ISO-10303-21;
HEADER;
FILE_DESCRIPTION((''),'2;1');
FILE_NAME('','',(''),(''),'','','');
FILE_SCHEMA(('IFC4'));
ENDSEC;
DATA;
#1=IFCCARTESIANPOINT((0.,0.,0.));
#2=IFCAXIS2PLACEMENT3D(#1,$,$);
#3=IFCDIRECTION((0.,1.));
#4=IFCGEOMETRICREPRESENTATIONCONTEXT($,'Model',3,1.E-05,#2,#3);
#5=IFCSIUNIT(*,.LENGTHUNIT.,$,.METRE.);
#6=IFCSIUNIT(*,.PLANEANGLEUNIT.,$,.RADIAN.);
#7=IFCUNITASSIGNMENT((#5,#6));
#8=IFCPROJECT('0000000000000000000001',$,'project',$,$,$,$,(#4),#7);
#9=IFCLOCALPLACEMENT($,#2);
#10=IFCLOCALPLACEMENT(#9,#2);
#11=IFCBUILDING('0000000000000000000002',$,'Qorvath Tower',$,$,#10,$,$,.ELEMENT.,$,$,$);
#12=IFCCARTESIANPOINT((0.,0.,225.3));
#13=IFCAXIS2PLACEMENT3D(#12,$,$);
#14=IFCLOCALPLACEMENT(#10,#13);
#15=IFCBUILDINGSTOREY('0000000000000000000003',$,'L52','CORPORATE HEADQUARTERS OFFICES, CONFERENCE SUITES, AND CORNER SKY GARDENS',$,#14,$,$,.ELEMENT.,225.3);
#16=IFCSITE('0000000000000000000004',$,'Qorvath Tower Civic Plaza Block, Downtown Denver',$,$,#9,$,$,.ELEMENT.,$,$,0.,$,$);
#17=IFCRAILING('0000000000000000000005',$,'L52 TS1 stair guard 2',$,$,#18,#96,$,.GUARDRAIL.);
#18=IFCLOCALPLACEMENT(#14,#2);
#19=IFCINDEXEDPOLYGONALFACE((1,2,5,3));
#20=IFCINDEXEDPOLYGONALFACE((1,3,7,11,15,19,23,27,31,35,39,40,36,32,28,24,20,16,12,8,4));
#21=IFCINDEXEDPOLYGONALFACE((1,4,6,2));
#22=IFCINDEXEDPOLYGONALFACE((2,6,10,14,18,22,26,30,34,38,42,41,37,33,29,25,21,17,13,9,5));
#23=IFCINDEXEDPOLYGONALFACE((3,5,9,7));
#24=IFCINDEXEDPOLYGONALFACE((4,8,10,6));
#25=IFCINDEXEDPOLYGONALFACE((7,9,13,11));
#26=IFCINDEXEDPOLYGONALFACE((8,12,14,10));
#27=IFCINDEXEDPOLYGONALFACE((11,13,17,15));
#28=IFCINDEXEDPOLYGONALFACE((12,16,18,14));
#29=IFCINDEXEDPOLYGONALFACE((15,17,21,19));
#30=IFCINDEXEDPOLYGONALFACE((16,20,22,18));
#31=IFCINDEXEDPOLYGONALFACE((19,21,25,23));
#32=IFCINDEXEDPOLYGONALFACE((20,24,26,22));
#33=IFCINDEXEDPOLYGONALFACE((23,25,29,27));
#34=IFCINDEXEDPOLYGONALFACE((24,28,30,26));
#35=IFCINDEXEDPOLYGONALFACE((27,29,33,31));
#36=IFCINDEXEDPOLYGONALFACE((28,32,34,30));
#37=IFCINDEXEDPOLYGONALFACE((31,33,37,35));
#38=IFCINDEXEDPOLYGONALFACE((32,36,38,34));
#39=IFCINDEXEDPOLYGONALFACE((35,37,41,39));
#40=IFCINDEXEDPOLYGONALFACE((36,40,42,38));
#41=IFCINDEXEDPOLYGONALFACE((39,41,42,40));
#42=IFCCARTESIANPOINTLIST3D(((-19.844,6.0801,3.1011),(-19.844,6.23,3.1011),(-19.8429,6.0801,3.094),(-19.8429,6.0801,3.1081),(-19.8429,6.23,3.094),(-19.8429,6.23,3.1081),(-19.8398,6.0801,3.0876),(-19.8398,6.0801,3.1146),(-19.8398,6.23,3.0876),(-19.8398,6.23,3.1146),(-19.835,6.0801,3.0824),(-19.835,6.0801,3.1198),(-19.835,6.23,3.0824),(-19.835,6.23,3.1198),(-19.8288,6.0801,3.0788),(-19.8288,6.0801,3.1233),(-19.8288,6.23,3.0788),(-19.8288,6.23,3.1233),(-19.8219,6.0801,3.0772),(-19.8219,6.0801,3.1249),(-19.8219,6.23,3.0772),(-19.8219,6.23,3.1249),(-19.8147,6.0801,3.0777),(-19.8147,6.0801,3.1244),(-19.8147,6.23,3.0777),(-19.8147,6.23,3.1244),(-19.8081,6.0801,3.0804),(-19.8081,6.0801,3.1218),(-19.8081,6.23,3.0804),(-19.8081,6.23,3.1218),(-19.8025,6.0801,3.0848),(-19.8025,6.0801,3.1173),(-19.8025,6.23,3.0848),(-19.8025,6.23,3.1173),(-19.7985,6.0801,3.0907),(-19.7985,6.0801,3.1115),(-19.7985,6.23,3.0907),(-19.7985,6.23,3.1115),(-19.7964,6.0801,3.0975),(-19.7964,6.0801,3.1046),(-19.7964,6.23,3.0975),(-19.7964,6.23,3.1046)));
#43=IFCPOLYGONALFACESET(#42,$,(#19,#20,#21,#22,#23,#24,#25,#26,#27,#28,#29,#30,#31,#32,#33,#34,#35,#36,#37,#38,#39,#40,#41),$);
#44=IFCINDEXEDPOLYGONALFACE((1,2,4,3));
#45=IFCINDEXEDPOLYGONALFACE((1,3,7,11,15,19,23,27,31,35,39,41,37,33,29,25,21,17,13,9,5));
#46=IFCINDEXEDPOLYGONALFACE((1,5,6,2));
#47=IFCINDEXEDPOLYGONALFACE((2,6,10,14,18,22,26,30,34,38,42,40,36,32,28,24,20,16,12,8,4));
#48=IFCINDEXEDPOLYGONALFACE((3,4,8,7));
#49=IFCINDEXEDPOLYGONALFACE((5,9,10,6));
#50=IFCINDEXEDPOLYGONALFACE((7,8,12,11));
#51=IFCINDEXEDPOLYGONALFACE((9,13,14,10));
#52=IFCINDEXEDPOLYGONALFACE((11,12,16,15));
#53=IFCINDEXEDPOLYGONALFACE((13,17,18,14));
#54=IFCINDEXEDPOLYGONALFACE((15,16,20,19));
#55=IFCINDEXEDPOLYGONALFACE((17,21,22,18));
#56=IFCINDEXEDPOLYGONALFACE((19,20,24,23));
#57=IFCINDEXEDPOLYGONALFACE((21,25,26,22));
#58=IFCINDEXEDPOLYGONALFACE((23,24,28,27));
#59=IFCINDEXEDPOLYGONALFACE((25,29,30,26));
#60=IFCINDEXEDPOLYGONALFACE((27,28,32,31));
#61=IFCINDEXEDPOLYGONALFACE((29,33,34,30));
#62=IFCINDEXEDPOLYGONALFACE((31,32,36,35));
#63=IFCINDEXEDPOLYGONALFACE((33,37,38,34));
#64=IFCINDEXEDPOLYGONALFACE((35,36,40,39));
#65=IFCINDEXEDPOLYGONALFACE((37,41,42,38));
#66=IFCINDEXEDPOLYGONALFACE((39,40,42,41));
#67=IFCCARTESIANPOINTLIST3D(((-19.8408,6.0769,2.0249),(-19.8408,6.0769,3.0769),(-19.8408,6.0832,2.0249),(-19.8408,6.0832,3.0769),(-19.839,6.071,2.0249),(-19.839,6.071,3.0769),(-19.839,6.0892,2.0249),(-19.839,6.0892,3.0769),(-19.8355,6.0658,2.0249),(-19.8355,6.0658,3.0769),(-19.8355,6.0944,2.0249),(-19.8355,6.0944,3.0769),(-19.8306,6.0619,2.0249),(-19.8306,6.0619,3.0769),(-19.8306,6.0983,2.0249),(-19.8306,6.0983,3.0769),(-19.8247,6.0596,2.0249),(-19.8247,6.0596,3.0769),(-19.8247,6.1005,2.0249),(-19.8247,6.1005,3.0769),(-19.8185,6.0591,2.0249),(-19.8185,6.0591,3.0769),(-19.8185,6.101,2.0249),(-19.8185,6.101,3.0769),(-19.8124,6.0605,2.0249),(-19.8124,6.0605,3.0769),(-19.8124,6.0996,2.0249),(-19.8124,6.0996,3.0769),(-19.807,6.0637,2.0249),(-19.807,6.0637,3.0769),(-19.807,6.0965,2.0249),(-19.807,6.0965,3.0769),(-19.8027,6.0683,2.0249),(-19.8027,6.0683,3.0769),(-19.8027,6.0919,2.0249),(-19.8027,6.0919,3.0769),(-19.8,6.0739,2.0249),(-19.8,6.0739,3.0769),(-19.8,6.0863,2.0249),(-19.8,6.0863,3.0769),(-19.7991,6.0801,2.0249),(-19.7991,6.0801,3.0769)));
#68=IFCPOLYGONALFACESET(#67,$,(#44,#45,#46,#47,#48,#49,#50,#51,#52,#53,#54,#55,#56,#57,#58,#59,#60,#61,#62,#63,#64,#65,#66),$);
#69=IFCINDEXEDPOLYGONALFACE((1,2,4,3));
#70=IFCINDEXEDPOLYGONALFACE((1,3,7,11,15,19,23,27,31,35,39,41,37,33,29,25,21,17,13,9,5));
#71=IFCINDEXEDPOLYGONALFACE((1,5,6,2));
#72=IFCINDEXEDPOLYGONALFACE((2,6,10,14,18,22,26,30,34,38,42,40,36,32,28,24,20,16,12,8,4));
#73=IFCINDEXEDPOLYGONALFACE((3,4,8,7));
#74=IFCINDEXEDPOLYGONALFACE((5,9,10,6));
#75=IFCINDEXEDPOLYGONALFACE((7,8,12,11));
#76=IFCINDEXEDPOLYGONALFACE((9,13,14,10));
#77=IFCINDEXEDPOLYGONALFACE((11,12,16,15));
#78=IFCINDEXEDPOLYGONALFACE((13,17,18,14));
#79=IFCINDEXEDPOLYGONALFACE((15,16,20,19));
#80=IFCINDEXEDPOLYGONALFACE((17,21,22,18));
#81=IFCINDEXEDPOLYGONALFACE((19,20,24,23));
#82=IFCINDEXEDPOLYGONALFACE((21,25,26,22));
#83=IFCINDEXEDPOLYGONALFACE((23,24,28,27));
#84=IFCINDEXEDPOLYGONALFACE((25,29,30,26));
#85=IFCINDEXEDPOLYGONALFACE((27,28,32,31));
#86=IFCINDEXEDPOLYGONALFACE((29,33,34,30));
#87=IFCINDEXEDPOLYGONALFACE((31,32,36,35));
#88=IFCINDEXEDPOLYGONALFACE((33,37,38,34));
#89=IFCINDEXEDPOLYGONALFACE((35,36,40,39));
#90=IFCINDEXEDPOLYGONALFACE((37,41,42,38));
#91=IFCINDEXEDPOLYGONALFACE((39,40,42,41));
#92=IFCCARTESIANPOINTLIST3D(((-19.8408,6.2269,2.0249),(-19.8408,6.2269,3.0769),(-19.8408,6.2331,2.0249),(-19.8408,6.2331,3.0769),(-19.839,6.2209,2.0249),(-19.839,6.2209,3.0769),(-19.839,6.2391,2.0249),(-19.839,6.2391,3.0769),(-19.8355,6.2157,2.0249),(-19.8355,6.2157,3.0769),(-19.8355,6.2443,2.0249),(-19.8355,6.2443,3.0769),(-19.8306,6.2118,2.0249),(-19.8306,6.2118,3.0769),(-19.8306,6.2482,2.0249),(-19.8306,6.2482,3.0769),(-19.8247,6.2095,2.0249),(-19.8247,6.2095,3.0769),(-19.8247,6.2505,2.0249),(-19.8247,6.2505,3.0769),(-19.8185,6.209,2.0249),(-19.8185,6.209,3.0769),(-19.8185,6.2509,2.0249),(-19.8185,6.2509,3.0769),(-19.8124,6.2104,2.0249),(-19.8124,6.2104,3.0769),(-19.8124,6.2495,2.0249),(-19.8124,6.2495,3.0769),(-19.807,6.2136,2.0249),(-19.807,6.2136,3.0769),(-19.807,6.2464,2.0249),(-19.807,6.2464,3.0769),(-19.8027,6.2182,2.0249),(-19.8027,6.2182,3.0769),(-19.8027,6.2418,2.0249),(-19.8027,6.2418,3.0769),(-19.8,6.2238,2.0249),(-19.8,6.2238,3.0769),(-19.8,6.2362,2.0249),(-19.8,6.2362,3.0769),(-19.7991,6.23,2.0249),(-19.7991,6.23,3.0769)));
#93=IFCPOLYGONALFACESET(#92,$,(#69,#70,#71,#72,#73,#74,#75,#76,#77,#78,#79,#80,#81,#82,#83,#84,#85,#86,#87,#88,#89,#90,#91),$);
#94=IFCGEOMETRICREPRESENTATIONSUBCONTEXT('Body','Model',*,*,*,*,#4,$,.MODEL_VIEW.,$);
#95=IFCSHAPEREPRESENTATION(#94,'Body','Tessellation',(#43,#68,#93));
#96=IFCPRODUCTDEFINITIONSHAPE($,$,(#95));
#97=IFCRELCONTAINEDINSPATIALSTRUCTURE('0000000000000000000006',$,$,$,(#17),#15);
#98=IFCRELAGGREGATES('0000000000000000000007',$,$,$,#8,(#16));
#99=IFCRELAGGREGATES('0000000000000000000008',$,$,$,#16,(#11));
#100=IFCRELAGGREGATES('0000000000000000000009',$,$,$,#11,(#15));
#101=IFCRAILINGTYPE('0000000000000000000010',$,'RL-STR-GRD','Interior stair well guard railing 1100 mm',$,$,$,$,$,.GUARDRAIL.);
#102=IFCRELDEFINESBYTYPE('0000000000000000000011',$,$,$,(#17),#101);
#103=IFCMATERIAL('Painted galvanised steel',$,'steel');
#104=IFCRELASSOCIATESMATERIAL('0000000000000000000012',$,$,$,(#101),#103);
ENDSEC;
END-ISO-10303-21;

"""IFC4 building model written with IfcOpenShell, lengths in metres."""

from ifc_helpers import new_model, si_unit, direction, frame, origin, origin_2d, place, context, subcontext, project, spatial, circle, extrude, material, type_object, element, save


model = new_model("IFC4")

# Units and contexts
model_context = context("Model", 3, precision=1e-05, world=origin(), true_north=direction((0.0, 1.0)))
body_context = subcontext(model_context, "Body", "Model", "MODEL_VIEW")
ifc_project = project(units=[si_unit("LENGTHUNIT", "METRE"), si_unit("PLANEANGLEUNIT", "RADIAN")], contexts=[model_context])

# Site, building, storey
site_placement = place(None, origin())
site = spatial("IfcSite", under=ifc_project, at=site_placement, Name="Qorvath Tower Civic Plaza Block, Downtown Denver", CompositionType="ELEMENT", RefElevation=0.0)
building_placement = place(site_placement, origin())
building = spatial("IfcBuilding", under=site, at=building_placement, Name="Qorvath Tower", CompositionType="ELEMENT")
storey_placement = place(building_placement, frame((0.0, 0.0, 225.3)))
storey = spatial("IfcBuildingStorey", under=building, at=storey_placement, Name="L52", Description="CORPORATE HEADQUARTERS OFFICES, CONFERENCE SUITES, AND CORNER SKY GARDENS", CompositionType="ELEMENT", Elevation=225.3)

# Railing
ifc_material_1 = material(Name="Painted galvanised steel", Category="steel")
railing_type_1 = type_object("IfcRailingType", Name="RL-STR-GRD", Description="Interior stair well guard railing 1100 mm", PredefinedType="GUARDRAIL", material=ifc_material_1)
railing_1_placement = place(storey_placement, frame((-19.8201, 6.0801, 2.0249)))
element("IfcRailing", 1, at=railing_1_placement, inside=storey, type_object=railing_type_1, Name="L52 TS1 stair guard 2", PredefinedType="GUARDRAIL", context=body_context, shape_type="SweptSolid", body=[
    extrude(circle(Radius=0.0239, at=origin_2d()), frame((0.0, 0.0, 1.0762), z_axis=(0.0, 1.0, 0.0), x_axis=(-1.0, 0.0, 0.0)), (0.0, 0.0, 1.0), 0.1499),
    extrude(circle(Radius=0.021, at=origin_2d()), origin(), (0.0, 0.0, 1.0), 1.052),
    extrude(circle(Radius=0.021, at=origin_2d()), frame((0.0, 0.1499, 0.0)), (0.0, 0.0, 1.0), 1.052),
])

save(model, "model.ifc")
